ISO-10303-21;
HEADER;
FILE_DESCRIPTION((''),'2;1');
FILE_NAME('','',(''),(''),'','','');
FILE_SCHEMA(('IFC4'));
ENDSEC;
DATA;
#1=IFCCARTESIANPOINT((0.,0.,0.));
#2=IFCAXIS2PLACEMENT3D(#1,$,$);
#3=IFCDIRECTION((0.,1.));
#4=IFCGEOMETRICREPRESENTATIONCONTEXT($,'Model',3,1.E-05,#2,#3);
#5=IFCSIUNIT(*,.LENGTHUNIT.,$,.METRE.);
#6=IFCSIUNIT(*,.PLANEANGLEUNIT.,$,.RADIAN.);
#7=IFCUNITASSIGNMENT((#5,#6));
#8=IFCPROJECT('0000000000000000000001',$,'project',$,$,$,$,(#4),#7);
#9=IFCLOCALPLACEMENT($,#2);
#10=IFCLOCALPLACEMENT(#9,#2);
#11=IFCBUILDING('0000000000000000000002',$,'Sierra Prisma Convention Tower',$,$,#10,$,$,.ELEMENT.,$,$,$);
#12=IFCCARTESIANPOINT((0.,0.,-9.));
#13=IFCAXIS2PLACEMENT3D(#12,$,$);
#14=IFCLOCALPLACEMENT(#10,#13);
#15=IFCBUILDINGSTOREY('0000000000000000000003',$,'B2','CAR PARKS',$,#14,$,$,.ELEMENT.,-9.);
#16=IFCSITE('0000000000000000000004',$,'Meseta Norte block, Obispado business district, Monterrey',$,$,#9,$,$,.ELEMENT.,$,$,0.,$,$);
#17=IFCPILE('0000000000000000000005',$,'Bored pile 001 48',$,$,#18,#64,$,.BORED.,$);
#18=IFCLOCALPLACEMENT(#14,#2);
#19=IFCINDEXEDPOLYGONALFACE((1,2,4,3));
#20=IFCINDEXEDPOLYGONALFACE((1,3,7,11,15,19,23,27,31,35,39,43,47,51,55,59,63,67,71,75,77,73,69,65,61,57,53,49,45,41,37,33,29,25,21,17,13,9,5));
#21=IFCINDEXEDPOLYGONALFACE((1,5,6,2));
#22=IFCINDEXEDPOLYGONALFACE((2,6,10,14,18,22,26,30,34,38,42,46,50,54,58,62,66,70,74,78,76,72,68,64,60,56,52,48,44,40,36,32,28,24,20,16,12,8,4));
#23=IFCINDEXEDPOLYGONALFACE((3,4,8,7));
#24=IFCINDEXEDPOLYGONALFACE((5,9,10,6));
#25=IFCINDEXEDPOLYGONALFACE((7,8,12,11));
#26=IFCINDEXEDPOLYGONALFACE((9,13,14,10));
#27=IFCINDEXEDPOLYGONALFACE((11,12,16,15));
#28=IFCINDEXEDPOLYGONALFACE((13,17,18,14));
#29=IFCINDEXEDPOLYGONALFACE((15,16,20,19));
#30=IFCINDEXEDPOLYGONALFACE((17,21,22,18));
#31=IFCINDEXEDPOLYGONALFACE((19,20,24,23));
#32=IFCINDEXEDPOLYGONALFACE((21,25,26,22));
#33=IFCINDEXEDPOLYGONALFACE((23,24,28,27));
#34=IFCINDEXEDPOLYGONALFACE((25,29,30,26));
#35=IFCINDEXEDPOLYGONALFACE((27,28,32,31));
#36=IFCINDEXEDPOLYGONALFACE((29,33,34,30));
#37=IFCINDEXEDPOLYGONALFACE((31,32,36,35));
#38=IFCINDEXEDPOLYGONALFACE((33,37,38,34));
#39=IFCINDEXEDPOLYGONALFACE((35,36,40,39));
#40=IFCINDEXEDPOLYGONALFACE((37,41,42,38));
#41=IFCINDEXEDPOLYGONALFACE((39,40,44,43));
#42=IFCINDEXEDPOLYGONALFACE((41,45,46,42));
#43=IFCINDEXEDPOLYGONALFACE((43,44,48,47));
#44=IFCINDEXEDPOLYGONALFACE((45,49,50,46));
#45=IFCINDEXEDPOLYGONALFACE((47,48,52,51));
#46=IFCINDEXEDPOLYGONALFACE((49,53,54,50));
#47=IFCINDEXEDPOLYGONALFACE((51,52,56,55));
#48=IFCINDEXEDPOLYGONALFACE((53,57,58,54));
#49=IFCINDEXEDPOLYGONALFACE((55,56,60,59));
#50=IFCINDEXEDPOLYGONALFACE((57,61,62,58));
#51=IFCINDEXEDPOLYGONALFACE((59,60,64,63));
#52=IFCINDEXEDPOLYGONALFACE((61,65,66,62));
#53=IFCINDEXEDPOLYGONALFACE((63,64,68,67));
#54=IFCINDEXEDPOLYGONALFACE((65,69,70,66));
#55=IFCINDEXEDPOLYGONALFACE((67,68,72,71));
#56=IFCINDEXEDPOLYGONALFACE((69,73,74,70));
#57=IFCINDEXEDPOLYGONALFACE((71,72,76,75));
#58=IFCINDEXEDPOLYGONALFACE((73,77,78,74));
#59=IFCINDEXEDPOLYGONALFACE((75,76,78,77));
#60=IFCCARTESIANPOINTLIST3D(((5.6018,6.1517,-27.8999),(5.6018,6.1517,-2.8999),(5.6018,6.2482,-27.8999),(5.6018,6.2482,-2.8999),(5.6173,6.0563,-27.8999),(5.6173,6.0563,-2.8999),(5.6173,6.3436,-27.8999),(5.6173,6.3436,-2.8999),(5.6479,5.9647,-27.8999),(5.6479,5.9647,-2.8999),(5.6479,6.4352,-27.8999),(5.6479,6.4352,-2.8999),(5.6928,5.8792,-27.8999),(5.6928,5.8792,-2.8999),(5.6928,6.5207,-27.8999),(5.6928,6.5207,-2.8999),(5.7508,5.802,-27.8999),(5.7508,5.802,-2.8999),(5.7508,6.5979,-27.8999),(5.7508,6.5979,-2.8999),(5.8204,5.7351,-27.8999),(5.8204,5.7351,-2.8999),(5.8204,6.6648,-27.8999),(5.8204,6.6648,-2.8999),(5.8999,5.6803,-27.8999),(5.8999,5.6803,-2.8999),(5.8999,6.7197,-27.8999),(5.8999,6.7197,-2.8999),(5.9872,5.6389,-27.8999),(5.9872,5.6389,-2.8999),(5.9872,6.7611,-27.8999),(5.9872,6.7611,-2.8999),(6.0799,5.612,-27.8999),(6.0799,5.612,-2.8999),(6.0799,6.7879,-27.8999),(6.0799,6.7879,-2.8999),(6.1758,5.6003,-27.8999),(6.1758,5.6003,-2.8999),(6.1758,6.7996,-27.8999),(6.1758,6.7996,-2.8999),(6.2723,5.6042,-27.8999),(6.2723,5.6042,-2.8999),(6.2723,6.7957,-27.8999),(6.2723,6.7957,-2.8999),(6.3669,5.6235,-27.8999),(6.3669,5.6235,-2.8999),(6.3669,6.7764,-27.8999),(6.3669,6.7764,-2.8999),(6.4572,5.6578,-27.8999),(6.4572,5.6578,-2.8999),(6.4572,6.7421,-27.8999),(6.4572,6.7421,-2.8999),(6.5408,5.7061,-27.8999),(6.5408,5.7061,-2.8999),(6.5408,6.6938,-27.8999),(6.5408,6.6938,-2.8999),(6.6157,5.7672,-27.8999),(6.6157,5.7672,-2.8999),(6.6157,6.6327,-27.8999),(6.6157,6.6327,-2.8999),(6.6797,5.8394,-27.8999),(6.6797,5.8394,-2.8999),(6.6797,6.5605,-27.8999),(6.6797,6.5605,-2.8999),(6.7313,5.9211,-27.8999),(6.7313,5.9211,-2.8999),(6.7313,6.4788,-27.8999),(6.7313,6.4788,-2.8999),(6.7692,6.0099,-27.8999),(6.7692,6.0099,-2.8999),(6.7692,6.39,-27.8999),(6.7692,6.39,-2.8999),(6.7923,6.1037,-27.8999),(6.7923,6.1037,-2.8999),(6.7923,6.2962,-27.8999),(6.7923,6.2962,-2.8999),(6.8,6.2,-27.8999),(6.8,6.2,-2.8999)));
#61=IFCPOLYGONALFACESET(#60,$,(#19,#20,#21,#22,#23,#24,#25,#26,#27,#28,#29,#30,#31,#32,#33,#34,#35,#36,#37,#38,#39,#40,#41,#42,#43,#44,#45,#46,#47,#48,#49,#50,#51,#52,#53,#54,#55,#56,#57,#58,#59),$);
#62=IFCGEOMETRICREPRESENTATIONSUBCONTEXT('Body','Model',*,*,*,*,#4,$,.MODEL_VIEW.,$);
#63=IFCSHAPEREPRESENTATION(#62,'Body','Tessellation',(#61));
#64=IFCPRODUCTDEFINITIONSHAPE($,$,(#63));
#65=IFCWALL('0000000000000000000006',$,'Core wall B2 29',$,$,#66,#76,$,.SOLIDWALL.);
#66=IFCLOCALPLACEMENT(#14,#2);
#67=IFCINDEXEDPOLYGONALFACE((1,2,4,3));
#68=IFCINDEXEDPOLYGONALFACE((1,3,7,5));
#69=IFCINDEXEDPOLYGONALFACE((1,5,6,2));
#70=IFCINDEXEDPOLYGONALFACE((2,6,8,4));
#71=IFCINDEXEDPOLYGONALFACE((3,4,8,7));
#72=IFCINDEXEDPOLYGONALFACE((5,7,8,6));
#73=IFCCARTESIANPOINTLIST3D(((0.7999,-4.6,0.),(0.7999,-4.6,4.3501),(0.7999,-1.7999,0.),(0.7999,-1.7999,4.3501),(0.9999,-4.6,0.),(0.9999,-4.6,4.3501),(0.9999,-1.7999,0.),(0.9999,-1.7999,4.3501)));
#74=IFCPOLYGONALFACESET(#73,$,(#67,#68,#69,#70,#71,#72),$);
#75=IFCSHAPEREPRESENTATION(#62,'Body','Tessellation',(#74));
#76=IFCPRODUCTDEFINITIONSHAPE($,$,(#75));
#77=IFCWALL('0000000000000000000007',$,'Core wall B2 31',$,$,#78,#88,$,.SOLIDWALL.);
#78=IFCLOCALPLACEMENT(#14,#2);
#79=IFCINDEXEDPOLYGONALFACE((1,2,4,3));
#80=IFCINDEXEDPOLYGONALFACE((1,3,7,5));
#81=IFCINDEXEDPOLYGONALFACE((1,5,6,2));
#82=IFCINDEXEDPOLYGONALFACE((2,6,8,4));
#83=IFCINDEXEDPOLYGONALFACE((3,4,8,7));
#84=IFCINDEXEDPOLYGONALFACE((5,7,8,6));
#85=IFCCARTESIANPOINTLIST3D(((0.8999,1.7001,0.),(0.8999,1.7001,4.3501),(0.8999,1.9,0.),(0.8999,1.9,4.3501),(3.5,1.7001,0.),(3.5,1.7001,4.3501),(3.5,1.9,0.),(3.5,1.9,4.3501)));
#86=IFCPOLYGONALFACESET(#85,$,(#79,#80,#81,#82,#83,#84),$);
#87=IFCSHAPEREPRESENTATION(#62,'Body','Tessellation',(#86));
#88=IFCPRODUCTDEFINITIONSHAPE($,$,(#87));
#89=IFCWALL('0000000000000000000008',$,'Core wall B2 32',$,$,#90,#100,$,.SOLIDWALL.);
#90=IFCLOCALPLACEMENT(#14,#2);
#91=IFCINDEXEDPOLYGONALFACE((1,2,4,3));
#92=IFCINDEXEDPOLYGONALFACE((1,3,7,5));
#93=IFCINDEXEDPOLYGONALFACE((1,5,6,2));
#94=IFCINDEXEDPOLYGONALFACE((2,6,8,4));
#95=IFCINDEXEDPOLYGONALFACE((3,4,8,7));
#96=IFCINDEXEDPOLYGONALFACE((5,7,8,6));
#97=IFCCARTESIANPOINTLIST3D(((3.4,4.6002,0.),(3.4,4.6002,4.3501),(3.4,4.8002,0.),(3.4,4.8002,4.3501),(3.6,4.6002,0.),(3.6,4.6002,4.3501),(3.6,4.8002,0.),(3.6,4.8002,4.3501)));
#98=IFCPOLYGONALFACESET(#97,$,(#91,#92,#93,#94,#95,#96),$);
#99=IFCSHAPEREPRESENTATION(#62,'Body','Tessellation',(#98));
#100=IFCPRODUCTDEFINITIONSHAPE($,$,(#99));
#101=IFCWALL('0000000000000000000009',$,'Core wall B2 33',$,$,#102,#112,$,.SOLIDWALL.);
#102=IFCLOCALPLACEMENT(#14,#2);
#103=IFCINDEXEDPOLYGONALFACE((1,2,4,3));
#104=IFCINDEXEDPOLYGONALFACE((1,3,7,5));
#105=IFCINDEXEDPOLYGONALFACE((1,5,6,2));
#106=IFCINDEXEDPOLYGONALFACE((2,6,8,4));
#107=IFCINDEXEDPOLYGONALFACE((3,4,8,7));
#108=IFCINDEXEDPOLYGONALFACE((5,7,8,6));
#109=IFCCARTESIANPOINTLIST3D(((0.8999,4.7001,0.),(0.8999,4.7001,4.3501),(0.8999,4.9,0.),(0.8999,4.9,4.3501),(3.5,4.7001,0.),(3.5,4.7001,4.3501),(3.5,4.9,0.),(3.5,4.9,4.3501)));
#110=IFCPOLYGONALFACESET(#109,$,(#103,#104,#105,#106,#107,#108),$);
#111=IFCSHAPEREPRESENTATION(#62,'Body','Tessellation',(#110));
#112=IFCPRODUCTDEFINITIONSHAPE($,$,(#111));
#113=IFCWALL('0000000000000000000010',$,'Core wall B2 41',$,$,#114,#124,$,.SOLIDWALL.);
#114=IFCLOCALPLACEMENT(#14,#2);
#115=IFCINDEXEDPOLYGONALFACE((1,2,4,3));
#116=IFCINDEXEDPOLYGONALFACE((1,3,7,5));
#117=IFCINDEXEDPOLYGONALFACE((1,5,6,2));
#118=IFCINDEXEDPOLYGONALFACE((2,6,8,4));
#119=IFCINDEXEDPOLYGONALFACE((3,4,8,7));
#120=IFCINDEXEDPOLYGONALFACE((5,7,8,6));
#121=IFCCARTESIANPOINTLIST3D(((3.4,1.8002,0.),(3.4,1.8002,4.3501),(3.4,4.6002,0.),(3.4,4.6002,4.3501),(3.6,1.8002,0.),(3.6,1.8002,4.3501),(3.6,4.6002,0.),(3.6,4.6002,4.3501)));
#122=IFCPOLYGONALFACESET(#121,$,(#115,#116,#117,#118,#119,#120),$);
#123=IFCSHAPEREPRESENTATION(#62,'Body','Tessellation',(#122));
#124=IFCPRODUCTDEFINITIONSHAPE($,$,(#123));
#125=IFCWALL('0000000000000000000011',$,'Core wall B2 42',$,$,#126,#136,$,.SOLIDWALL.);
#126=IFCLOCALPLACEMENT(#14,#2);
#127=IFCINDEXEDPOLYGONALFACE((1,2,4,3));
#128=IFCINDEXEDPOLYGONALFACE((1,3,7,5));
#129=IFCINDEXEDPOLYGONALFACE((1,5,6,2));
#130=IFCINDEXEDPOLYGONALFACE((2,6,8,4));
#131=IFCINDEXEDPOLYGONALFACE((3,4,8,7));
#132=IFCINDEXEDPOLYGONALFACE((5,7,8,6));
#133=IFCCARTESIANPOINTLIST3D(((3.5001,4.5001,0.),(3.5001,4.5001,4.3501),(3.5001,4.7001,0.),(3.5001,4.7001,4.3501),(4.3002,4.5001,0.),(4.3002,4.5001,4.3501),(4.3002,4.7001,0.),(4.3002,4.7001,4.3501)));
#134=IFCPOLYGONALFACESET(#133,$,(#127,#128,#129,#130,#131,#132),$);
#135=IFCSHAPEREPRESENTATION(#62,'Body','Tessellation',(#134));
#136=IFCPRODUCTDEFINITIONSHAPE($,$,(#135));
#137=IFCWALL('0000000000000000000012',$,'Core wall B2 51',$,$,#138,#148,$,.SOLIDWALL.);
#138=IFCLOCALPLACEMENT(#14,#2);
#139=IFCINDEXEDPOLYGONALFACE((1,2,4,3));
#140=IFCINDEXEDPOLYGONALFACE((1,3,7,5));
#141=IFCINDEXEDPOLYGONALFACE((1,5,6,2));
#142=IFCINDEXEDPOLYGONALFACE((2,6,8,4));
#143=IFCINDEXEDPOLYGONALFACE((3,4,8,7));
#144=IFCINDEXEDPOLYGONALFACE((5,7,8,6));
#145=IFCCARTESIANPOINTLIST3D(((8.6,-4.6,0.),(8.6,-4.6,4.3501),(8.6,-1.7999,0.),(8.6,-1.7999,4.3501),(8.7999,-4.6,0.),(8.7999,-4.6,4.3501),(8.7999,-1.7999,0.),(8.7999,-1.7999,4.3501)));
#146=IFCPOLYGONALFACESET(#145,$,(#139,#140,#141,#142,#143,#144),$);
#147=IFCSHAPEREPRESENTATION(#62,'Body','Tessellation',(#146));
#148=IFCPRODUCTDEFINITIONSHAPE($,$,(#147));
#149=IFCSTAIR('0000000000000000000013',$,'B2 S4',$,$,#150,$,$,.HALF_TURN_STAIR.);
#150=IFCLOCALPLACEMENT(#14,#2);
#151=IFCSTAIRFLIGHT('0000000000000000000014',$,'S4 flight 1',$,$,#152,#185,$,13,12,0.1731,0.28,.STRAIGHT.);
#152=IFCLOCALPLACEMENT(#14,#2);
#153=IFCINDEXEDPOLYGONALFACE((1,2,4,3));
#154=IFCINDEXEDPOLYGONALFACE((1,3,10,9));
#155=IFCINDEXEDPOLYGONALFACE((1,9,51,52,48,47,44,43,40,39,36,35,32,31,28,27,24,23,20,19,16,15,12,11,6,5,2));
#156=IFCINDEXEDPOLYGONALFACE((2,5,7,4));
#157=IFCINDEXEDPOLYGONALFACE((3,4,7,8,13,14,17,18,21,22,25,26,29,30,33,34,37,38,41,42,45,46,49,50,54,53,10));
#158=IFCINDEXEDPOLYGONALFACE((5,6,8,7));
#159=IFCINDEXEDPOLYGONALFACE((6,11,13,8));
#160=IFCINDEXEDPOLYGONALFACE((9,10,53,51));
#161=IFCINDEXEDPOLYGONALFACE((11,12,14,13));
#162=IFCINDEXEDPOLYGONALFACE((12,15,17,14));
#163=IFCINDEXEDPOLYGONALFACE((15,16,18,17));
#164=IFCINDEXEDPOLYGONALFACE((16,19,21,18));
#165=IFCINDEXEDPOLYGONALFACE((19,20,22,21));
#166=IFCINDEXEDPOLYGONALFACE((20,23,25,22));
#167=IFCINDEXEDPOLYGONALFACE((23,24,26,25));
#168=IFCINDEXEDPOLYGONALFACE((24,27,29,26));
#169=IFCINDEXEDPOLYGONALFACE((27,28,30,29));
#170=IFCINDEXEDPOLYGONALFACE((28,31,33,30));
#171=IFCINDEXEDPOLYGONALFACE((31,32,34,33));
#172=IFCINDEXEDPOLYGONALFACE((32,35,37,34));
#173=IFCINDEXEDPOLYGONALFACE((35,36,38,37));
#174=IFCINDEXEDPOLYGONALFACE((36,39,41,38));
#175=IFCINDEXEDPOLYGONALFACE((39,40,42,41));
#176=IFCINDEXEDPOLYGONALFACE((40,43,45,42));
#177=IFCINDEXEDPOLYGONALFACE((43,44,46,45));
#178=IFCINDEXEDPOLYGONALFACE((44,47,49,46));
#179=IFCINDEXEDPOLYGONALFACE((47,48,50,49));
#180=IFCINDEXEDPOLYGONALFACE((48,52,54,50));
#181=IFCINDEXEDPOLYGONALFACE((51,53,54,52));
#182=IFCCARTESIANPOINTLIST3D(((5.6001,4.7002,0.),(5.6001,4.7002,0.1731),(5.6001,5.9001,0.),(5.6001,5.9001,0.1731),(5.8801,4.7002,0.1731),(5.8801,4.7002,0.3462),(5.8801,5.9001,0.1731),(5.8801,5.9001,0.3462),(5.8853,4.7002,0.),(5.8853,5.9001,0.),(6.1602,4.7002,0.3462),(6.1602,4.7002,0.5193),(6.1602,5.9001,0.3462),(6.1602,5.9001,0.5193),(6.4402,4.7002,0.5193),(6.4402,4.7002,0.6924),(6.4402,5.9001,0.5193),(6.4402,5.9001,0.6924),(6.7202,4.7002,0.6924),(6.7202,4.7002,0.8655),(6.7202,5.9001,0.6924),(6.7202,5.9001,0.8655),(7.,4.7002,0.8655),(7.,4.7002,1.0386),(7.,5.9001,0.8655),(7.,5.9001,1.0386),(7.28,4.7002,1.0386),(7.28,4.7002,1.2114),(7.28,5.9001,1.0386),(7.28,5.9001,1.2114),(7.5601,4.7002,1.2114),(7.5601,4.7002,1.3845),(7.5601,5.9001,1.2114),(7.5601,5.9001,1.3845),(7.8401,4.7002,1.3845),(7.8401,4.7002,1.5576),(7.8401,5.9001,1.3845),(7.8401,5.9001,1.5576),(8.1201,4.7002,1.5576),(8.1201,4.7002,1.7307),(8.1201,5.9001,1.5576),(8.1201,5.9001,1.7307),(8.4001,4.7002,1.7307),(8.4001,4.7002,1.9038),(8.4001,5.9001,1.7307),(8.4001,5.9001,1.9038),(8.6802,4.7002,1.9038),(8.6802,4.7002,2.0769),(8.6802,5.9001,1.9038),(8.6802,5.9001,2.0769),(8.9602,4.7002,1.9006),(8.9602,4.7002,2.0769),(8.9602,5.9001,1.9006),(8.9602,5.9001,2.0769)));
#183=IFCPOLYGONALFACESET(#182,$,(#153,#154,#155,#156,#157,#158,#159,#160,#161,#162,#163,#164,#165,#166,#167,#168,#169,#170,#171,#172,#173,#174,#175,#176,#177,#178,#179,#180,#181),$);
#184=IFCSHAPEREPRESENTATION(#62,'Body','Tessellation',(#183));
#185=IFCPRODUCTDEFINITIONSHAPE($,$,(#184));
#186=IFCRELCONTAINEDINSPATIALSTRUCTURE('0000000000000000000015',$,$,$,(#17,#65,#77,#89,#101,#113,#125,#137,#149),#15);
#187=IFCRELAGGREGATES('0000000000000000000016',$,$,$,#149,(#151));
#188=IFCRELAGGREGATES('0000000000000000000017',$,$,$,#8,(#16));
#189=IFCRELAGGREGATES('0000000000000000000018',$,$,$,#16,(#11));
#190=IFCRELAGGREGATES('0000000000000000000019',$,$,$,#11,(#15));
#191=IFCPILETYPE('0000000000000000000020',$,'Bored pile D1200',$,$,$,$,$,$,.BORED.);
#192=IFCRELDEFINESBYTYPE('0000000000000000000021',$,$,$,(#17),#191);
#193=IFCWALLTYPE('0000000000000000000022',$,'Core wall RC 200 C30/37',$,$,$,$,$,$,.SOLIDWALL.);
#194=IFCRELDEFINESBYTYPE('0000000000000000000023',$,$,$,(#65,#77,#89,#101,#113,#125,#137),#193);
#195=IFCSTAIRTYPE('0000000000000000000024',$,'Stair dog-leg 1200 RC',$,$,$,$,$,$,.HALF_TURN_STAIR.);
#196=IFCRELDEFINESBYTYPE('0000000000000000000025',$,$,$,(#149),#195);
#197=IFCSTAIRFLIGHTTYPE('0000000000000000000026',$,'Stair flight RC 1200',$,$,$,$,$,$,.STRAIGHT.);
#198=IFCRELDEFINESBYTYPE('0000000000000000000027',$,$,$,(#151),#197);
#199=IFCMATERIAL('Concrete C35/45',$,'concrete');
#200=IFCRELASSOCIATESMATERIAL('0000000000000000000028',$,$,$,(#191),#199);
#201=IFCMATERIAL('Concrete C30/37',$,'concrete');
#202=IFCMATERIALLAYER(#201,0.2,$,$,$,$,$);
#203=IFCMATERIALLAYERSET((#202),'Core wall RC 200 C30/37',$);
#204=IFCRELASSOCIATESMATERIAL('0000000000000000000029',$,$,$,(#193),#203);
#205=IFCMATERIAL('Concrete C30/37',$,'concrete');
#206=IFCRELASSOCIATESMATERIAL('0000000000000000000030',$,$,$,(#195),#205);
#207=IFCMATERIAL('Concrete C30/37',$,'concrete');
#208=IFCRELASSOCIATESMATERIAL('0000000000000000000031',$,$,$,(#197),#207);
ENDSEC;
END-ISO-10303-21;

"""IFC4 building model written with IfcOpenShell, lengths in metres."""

from ifc_helpers import new_model, si_unit, direction, frame, frame_2d, origin, origin_2d, place, context, subcontext, project, spatial, polyline, rectangle, circle, outline, extrude, material, layer, layer_set, material_profile, profile_set, type_object, element, aggregate, save


model = new_model("IFC4")

# Units and contexts
model_context = context("Model", 3, precision=1e-05, world=origin(), true_north=direction((0.0, 1.0)))
body_context = subcontext(model_context, "Body", "Model", "MODEL_VIEW")
ifc_project = project(units=[si_unit("LENGTHUNIT", "METRE"), si_unit("PLANEANGLEUNIT", "RADIAN")], contexts=[model_context])

# Site, building, storey
site_placement = place(None, origin())
site = spatial("IfcSite", under=ifc_project, at=site_placement, Name="Meseta Norte block, Obispado business district, Monterrey", CompositionType="ELEMENT", RefElevation=0.0)
building_placement = place(site_placement, origin())
building = spatial("IfcBuilding", under=site, at=building_placement, Name="Sierra Prisma Convention Tower", CompositionType="ELEMENT")
storey_placement = place(building_placement, frame((0.0, 0.0, -9.0)))
storey = spatial("IfcBuildingStorey", under=building, at=storey_placement, Name="B2", Description="CAR PARKS", CompositionType="ELEMENT", Elevation=-9.0)

# Pile
ifc_material_1 = material(Name="Concrete C35/45", Category="concrete")
ifc_material_profile = material_profile(ifc_material_1, circle(Radius=0.6001, at=origin_2d()), Name="D1200")
ifc_profile_set = profile_set([ifc_material_profile], Name="Concrete C35/45")
pile_type = type_object("IfcPileType", Name="Bored pile D1200", PredefinedType="BORED", material=ifc_profile_set)
for number, where, z_axis, x_axis, name in (
    (1, (6.2, 6.2, -2.8999), (0.0, 0.0, -1.0), (1.0, 0.0, 0.0), "Bored pile 001 48"),
):
    element("IfcPile", number, at=place(storey_placement, frame(where, z_axis=z_axis, x_axis=x_axis)), inside=storey, type_object=pile_type, Name=name, PredefinedType="BORED", context=body_context, shape_type="SweptSolid", body=[
        extrude(circle(Radius=0.6001, at=origin_2d()), origin(), (0.0, 0.0, 1.0), 25.0),
    ])

# Shared definitions
ifc_material_2 = material(Name="Concrete C30/37", Category="concrete")
ifc_layer = layer(ifc_material_2, 0.2)
ifc_layer_set = layer_set([ifc_layer], Name="Core wall RC 200 C30/37")
wall_type = type_object("IfcWallType", Name="Core wall RC 200 C30/37", PredefinedType="SOLIDWALL", material=ifc_layer_set)

# Walls
wall_1_placement = place(storey_placement, frame((0.8999, -1.8, 0.0), z_axis=(0.0, 0.0, 1.0), x_axis=(0.0, -1.0, 0.0)))
element("IfcWall", 2, at=wall_1_placement, inside=storey, type_object=wall_type, Name="Core wall B2 29", PredefinedType="SOLIDWALL", context=body_context, shape_type="SweptSolid", body=[
    extrude(rectangle(XDim=2.8, YDim=0.2, at=frame_2d((1.3999, 0.0))), origin(), (0.0, 0.0, 1.0), 4.3501),
])
wall_2_placement = place(storey_placement, frame((3.5, 1.8, 0.0), z_axis=(0.0, 0.0, 1.0), x_axis=(-1.0, 0.0, 0.0)))
element("IfcWall", 3, at=wall_2_placement, inside=storey, type_object=wall_type, Name="Core wall B2 31", PredefinedType="SOLIDWALL", context=body_context, shape_type="SweptSolid", body=[
    extrude(rectangle(XDim=2.6001, YDim=0.2, at=frame_2d((1.3, 0.0))), origin(), (0.0, 0.0, 1.0), 4.3501),
])
wall_3_placement = place(storey_placement, frame((3.5, 4.6001, 0.0), z_axis=(0.0, 0.0, 1.0), x_axis=(0.0, 1.0, 0.0)))
element("IfcWall", 4, at=wall_3_placement, inside=storey, type_object=wall_type, Name="Core wall B2 32", PredefinedType="SOLIDWALL", context=body_context, shape_type="SweptSolid", body=[
    extrude(rectangle(XDim=0.2, YDim=0.2, at=frame_2d((0.1001, 0.0))), origin(), (0.0, 0.0, 1.0), 4.3501),
])
wall_4_placement = place(storey_placement, frame((3.5, 4.8, 0.0), z_axis=(0.0, 0.0, 1.0), x_axis=(-1.0, 0.0, 0.0)))
element("IfcWall", 5, at=wall_4_placement, inside=storey, type_object=wall_type, Name="Core wall B2 33", PredefinedType="SOLIDWALL", context=body_context, shape_type="SweptSolid", body=[
    extrude(rectangle(XDim=2.6001, YDim=0.2, at=frame_2d((1.3, 0.0))), origin(), (0.0, 0.0, 1.0), 4.3501),
])

# Walls
wall_5_placement = place(storey_placement, frame((3.5, 4.6001, 0.0), z_axis=(0.0, 0.0, 1.0), x_axis=(0.0, -1.0, 0.0)))
element("IfcWall", 6, at=wall_5_placement, inside=storey, type_object=wall_type, Name="Core wall B2 41", PredefinedType="SOLIDWALL", context=body_context, shape_type="SweptSolid", body=[
    extrude(rectangle(XDim=2.8, YDim=0.2, at=frame_2d((1.3999, 0.0))), origin(), (0.0, 0.0, 1.0), 4.3501),
])
wall_6_placement = place(storey_placement, frame((4.3, 4.6001, 0.0), z_axis=(0.0, 0.0, 1.0), x_axis=(-1.0, 0.0, 0.0)))
element("IfcWall", 7, at=wall_6_placement, inside=storey, type_object=wall_type, Name="Core wall B2 42", PredefinedType="SOLIDWALL", context=body_context, shape_type="SweptSolid", body=[
    extrude(rectangle(XDim=0.8, YDim=0.2, at=frame_2d((0.3999, 0.0))), origin(), (0.0, 0.0, 1.0), 4.3501),
])

# Wall
wall_7_placement = place(storey_placement, frame((8.7, -1.8, 0.0), z_axis=(0.0, 0.0, 1.0), x_axis=(0.0, -1.0, 0.0)))
element("IfcWall", 8, at=wall_7_placement, inside=storey, type_object=wall_type, Name="Core wall B2 51", PredefinedType="SOLIDWALL", context=body_context, shape_type="SweptSolid", body=[
    extrude(rectangle(XDim=2.8, YDim=0.2, at=frame_2d((1.3999, 0.0))), origin(), (0.0, 0.0, 1.0), 4.3501),
])

# Stair, stair flight
ifc_material_3 = material(Name="Concrete C30/37", Category="concrete")
stair_type = type_object("IfcStairType", Name="Stair dog-leg 1200 RC", PredefinedType="HALF_TURN_STAIR", material=ifc_material_3)
stair_placement = place(storey_placement, origin())
stair = element("IfcStair", 9, at=stair_placement, inside=storey, type_object=stair_type, Name="B2 S4", PredefinedType="HALF_TURN_STAIR")
ifc_material_4 = material(Name="Concrete C30/37", Category="concrete")
stair_flight_type = type_object("IfcStairFlightType", Name="Stair flight RC 1200", PredefinedType="STRAIGHT", material=ifc_material_4)
stair_flight_placement = place(storey_placement, frame((5.6001, 5.3, 0.0), z_axis=(0.0, 0.0, 1.0), x_axis=(1.0, 0.0, 0.0)))
stair_flight = element("IfcStairFlight", 10, at=stair_flight_placement, type_object=stair_flight_type, Name="S4 flight 1", NumberOfRisers=13, NumberOfTreads=12, PredefinedType="STRAIGHT", RiserHeight=0.1731, TreadLength=0.28, context=body_context, shape_type="SweptSolid", body=[
    extrude(outline(polyline([(0.0, 0.0), (0.0, 0.1731), (0.28, 0.1731), (0.28, 0.3462), (0.5601, 0.3462), (0.5601, 0.5193), (0.8401, 0.5193), (0.8401, 0.6924), (1.1201, 0.6924), (1.1201, 0.8655), (1.3999, 0.8655), (1.3999, 1.0386), (1.6799, 1.0386), (1.6799, 1.2114), (1.96, 1.2114), (1.96, 1.3845), (2.24, 1.3845), (2.24, 1.5576), (2.52, 1.5576), (2.52, 1.7307), (2.8, 1.7307), (2.8, 1.9038), (3.0801, 1.9038), (3.0801, 2.0769), (3.3601, 2.0769), (3.3601, 2.25), (3.3601, 1.9006), (0.2852, 0.0), (0.0, 0.0)])), frame((0.0, 0.6001, 0.0), z_axis=(0.0, -1.0, 0.0), x_axis=(1.0, 0.0, 0.0)), (0.0, 0.0, 1.0), 1.2),
])
aggregate(stair, [stair_flight])

save(model, "model.ifc")
